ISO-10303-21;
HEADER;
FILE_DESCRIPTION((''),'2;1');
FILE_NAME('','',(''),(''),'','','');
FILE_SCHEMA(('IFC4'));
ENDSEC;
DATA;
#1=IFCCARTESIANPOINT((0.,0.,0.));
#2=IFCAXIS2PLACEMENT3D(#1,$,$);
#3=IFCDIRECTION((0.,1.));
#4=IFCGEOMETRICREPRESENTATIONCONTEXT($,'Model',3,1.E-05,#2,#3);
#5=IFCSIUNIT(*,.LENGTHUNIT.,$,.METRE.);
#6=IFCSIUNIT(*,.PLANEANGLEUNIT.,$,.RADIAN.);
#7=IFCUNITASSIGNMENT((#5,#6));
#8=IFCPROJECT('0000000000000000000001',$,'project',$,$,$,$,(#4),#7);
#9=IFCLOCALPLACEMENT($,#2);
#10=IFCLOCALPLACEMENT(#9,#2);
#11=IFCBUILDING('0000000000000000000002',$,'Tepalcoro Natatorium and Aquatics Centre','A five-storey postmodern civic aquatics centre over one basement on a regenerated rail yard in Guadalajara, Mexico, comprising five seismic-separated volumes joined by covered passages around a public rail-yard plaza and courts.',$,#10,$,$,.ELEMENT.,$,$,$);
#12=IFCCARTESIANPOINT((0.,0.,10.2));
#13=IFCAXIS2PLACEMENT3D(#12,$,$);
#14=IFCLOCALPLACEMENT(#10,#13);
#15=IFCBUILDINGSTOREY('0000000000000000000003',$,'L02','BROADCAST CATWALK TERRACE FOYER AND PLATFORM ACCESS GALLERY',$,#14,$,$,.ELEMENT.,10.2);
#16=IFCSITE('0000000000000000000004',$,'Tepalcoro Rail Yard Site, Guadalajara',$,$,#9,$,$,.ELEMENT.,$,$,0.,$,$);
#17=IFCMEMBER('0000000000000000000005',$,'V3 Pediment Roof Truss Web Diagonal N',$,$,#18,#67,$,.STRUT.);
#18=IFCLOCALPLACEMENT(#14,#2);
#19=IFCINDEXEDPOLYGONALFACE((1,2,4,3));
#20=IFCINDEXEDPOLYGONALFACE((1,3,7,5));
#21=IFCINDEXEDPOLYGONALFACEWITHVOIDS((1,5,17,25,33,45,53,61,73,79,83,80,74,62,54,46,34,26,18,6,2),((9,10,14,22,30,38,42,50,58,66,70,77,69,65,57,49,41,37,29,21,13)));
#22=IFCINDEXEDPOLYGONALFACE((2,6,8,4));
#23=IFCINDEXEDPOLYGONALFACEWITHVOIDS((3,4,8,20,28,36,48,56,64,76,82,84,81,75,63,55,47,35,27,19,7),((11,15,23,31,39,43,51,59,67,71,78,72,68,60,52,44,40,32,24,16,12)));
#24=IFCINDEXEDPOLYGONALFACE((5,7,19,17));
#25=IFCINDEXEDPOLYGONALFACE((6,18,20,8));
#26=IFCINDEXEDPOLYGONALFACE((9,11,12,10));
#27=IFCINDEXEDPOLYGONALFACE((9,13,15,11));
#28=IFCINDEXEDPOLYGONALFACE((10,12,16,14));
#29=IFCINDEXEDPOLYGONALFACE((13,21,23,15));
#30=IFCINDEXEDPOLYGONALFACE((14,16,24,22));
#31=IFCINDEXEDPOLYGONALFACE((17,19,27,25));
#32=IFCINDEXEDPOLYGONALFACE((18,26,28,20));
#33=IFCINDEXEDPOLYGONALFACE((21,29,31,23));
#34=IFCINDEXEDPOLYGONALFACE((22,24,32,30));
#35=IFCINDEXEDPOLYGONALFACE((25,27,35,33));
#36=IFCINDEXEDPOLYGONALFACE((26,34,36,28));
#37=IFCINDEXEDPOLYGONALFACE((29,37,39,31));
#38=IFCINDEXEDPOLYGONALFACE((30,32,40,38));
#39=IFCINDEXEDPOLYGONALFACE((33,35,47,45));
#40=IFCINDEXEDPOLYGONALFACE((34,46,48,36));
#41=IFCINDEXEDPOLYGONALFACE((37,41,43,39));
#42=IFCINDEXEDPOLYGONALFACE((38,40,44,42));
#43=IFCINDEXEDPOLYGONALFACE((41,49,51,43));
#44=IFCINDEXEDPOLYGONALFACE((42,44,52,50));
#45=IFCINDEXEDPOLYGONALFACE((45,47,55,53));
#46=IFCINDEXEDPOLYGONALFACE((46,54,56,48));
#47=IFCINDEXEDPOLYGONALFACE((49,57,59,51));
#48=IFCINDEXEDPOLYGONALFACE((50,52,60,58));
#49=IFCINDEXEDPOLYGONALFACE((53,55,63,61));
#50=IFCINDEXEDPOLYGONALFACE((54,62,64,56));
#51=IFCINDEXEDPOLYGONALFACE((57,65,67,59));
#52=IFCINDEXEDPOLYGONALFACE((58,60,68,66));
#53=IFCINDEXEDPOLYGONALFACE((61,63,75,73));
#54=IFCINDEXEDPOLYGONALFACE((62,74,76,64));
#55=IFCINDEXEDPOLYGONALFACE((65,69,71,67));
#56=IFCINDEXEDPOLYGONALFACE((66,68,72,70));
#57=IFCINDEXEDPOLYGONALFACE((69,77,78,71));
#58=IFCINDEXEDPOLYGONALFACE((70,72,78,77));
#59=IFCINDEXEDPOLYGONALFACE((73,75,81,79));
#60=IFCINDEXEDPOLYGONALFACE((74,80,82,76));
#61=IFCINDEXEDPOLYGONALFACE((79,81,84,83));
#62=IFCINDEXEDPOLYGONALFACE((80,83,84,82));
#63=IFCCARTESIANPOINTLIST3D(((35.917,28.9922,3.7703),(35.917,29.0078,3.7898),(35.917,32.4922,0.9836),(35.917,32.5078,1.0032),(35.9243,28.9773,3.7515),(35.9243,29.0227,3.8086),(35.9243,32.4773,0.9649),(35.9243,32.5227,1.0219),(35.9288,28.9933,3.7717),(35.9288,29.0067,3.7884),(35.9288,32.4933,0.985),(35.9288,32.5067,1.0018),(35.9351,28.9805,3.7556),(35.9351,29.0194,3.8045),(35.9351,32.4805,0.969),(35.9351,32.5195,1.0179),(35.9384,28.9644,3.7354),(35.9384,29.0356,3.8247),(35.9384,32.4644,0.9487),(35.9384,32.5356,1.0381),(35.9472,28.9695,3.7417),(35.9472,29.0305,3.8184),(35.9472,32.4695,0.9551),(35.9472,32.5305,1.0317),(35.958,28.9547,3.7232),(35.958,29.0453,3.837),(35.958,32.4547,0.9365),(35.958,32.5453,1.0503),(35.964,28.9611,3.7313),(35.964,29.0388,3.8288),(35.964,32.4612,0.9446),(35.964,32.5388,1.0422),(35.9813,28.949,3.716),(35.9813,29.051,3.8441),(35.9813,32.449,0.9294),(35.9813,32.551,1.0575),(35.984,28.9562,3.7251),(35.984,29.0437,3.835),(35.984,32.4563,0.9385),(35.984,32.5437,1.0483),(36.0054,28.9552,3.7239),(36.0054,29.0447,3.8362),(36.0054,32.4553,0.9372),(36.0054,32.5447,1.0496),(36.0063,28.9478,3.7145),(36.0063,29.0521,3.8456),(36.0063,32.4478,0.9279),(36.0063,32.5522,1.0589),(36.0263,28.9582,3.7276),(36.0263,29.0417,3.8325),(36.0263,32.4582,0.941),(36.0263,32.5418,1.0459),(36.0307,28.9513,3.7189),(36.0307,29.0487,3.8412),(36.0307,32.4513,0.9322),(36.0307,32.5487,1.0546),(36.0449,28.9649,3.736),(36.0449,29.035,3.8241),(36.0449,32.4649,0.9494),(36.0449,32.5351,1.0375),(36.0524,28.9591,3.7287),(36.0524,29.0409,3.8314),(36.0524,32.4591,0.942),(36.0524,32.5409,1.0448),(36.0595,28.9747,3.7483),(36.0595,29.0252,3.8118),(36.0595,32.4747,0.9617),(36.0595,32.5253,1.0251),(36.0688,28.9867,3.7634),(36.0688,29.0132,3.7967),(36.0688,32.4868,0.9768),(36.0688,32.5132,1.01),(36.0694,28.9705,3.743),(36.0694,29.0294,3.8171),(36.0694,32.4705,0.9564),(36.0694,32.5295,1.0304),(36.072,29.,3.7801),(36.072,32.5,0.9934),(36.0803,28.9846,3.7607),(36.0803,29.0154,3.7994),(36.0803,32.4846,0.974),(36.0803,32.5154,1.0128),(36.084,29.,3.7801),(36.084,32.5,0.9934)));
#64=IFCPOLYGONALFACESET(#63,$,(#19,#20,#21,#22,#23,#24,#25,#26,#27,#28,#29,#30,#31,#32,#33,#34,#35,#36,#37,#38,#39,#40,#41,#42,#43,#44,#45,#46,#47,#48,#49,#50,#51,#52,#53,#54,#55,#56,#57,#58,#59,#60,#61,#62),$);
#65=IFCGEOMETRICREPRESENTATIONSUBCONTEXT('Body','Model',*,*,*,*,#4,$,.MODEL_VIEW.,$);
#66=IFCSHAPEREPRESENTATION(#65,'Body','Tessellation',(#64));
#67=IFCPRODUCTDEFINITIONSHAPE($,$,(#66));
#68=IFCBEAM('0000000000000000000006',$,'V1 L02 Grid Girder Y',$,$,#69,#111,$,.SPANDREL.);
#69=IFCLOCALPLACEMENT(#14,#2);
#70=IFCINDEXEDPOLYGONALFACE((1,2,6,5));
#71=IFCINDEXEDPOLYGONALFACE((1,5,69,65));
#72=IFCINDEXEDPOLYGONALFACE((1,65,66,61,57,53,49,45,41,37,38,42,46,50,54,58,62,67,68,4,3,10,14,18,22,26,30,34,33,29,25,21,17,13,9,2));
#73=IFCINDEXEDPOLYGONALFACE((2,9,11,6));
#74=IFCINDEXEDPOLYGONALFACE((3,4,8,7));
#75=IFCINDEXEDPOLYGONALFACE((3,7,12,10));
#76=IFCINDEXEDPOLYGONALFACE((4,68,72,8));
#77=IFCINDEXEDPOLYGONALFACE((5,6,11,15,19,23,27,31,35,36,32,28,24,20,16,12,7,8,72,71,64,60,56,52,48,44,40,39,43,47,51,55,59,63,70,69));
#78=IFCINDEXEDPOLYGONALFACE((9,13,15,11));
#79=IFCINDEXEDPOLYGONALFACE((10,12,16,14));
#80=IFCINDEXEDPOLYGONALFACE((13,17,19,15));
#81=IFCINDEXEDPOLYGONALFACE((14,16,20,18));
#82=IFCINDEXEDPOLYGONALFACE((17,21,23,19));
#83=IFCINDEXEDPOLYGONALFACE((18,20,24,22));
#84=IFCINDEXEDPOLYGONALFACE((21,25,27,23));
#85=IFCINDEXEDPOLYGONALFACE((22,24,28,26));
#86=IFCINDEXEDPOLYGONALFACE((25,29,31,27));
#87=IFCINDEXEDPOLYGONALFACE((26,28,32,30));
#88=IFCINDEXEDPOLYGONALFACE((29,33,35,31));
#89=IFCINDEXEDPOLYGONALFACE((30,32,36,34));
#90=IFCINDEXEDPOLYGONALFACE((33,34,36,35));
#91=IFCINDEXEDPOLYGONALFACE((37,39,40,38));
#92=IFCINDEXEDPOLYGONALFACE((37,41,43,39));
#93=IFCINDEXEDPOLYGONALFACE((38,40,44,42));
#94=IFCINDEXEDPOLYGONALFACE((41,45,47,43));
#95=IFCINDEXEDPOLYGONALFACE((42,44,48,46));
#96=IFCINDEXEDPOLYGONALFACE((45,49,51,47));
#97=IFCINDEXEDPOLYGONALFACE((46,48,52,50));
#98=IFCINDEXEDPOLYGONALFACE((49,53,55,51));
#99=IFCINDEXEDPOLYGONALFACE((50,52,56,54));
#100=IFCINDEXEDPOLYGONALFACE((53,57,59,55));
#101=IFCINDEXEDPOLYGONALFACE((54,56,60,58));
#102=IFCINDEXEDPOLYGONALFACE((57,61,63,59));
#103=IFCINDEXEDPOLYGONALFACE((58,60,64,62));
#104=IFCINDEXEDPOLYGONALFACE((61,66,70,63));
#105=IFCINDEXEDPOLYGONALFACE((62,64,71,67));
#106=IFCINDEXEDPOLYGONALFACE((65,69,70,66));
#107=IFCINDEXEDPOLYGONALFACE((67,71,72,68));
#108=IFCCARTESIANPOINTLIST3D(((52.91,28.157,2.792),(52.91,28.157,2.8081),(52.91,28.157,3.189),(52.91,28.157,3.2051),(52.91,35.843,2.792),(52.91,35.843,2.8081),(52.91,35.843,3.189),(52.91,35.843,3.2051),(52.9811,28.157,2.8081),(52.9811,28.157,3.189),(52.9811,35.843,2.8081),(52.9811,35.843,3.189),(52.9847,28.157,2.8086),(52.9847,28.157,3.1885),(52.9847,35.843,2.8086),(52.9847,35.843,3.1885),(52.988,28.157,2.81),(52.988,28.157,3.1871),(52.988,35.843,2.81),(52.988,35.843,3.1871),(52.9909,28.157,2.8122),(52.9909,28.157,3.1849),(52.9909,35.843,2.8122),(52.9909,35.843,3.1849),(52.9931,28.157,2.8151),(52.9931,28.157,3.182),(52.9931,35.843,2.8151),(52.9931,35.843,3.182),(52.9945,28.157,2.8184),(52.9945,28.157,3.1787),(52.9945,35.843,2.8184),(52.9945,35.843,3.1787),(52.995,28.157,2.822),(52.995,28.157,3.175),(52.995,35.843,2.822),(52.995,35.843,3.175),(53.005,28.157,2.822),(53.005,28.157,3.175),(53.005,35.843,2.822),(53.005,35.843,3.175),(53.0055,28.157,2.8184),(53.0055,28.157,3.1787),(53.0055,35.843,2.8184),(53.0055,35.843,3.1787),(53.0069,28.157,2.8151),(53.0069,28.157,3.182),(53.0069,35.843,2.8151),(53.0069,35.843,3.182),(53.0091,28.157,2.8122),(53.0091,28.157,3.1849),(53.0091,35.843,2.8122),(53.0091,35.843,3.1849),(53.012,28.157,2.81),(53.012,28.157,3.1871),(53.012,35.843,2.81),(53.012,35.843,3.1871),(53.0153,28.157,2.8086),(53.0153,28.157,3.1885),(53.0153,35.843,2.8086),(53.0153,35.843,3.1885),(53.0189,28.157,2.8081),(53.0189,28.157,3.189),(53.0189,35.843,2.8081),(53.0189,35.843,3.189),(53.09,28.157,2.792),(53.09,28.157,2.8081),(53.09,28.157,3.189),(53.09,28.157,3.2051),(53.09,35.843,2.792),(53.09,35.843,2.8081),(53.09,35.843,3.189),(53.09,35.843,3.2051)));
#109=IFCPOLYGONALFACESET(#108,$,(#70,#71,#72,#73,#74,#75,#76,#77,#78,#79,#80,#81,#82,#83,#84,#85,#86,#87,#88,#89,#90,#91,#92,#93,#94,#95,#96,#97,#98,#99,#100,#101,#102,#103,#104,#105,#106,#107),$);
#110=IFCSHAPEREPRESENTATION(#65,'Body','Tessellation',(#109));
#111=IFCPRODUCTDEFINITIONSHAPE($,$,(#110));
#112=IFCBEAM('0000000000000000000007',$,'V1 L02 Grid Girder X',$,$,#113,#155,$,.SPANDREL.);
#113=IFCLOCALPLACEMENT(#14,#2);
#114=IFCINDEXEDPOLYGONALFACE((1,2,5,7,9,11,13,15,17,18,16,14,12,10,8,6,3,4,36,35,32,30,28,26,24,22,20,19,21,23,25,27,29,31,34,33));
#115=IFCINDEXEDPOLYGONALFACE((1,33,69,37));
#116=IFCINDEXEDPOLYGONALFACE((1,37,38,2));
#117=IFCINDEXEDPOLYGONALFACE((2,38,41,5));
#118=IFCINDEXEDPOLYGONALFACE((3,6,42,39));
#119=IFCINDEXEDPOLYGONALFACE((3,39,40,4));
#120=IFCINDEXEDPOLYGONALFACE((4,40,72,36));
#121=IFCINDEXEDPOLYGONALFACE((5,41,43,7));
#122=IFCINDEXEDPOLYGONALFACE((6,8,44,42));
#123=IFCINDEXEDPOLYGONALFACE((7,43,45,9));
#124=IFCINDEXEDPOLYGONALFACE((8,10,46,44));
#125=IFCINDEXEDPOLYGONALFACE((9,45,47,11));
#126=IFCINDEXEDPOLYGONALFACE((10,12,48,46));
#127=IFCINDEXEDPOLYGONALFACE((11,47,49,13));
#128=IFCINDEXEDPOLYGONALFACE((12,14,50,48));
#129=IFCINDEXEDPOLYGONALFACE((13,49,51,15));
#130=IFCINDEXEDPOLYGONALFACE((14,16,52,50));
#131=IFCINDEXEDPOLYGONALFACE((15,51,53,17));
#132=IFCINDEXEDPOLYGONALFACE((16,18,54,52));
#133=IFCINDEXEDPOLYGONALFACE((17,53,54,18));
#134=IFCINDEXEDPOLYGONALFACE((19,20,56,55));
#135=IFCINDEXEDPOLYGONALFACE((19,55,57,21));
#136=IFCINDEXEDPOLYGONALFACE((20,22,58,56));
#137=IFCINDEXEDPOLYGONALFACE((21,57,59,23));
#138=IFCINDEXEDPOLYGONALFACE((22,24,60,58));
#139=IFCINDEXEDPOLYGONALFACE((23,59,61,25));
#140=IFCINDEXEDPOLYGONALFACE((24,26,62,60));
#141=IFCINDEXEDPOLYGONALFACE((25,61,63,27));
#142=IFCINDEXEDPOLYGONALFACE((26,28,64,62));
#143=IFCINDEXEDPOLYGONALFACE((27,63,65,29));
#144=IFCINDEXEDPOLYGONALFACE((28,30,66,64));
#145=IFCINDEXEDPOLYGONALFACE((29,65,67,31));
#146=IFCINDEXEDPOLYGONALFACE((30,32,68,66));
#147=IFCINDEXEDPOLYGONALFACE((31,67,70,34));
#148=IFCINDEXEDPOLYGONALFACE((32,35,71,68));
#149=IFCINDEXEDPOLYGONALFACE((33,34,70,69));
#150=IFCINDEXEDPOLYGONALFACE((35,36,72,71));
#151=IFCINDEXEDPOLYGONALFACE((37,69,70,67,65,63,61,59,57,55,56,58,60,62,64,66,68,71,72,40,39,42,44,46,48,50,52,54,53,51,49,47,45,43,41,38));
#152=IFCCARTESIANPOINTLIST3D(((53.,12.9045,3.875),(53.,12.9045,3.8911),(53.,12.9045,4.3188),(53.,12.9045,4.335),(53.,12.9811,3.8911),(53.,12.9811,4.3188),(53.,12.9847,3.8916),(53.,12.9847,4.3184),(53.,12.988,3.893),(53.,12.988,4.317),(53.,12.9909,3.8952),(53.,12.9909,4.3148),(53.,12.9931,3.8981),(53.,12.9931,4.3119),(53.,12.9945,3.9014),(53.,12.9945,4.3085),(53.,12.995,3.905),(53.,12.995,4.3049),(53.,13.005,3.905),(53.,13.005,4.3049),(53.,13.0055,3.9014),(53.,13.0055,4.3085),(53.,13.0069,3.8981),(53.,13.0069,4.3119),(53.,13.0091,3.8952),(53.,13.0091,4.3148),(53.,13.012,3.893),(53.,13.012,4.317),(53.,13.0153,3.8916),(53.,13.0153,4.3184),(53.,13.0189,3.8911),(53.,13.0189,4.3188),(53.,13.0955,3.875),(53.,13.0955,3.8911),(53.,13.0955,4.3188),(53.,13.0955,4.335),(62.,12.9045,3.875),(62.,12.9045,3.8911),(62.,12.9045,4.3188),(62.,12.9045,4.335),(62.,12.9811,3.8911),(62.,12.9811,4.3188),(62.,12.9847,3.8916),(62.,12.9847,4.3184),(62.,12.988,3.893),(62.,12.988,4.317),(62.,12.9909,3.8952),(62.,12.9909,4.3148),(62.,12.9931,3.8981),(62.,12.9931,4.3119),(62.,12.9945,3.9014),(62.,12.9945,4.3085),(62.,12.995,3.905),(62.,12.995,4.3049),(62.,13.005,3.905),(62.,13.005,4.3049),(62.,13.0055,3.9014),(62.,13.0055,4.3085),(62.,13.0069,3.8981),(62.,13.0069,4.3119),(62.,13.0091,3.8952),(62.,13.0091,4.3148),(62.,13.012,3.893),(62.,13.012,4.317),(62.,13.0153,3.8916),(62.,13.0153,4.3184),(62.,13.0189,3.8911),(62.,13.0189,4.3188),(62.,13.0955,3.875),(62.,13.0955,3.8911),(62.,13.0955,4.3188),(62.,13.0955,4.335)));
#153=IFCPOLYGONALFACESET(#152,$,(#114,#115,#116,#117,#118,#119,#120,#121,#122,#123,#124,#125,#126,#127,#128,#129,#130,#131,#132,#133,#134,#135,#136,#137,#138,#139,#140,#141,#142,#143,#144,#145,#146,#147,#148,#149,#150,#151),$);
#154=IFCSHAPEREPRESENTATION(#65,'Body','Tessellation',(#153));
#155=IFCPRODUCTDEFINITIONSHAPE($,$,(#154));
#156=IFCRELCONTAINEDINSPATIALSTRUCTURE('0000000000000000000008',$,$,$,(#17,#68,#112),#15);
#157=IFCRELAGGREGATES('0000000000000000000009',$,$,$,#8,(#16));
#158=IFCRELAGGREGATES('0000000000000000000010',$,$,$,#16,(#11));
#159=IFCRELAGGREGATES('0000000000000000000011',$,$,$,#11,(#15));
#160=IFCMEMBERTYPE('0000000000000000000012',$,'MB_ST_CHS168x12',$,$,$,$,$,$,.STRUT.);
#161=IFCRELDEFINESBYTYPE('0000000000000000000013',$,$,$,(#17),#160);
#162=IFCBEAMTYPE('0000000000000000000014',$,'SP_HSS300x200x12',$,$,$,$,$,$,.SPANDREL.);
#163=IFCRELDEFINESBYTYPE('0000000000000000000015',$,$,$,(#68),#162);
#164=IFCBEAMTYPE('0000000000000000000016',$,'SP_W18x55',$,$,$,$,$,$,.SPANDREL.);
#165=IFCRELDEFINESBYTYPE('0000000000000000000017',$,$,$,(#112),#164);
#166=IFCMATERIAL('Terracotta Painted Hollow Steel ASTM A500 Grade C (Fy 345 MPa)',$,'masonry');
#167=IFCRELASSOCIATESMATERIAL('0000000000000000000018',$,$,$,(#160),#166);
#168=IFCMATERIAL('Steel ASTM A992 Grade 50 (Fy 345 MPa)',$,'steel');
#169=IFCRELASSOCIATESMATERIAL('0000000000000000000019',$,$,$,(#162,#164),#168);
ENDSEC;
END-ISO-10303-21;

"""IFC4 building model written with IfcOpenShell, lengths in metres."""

from ifc_helpers import new_model, si_unit, direction, frame, origin, origin_2d, place, context, subcontext, project, spatial, hollow_circle, i_section, extrude, material, material_profile, profile_set, type_object, element, save


model = new_model("IFC4")

# Units and contexts
model_context = context("Model", 3, precision=1e-05, world=origin(), true_north=direction((0.0, 1.0)))
body_context = subcontext(model_context, "Body", "Model", "MODEL_VIEW")
ifc_project = project(units=[si_unit("LENGTHUNIT", "METRE"), si_unit("PLANEANGLEUNIT", "RADIAN")], contexts=[model_context])

# Site, building, storey
site_placement = place(None, origin())
site = spatial("IfcSite", under=ifc_project, at=site_placement, Name="Tepalcoro Rail Yard Site, Guadalajara", CompositionType="ELEMENT", RefElevation=0.0)
building_placement = place(site_placement, origin())
building = spatial("IfcBuilding", under=site, at=building_placement, Name="Tepalcoro Natatorium and Aquatics Centre", Description="A five-storey postmodern civic aquatics centre over one basement on a regenerated rail yard in Guadalajara, Mexico, comprising five seismic-separated volumes joined by covered passages around a public rail-yard plaza and courts.", CompositionType="ELEMENT")
storey_placement = place(building_placement, frame((0.0, 0.0, 10.2)))
storey = spatial("IfcBuildingStorey", under=building, at=storey_placement, Name="L02", Description="BROADCAST CATWALK TERRACE FOYER AND PLATFORM ACCESS GALLERY", CompositionType="ELEMENT", Elevation=10.2)

# Shared definitions
ifc_material_1 = material(Name="Steel ASTM A992 Grade 50 (Fy 345 MPa)", Category="steel")

# Shared definitions
ifc_material_2 = material(Name="Terracotta Painted Hollow Steel ASTM A500 Grade C (Fy 345 MPa)", Category="masonry")

# Member
ifc_material_profile_1 = material_profile(ifc_material_2, hollow_circle(Radius=0.084, WallThickness=0.012, at=origin_2d()), Name="CHS168X12")
ifc_profile_set_1 = profile_set([ifc_material_profile_1], Name="Terracotta Painted Hollow Steel ASTM A500 Grade C (Fy 345 MPa)")
member_type_1 = type_object("IfcMemberType", Name="MB_ST_CHS168x12", PredefinedType="STRUT", material=ifc_profile_set_1)
for number, where, z_axis, x_axis, name in (
    (1, (36.0, 32.5, 0.9934), (0.0, -0.782325, 0.62287), (1.0, 0.0, 0.0), "V3 Pediment Roof Truss Web Diagonal N"),
):
    element("IfcMember", number, at=place(storey_placement, frame(where, z_axis=z_axis, x_axis=x_axis)), inside=storey, type_object=member_type_1, Name=name, PredefinedType="STRUT", context=body_context, shape_type="SweptSolid", body=[
        extrude(hollow_circle(Radius=0.084, WallThickness=0.012, at=origin_2d()), origin(), (0.0, 0.0, 1.0), 4.4739),
    ])

# Beams
ifc_material_profile_2 = material_profile(ifc_material_1, i_section(OverallWidth=0.1799, OverallDepth=0.4131, WebThickness=0.01, FlangeThickness=0.0161, FilletRadius=0.0139, at=origin_2d()), Name="W16X50")
ifc_profile_set_2 = profile_set([ifc_material_profile_2], Name="Steel ASTM A992 Grade 50 (Fy 345 MPa)")
beam_type_1 = type_object("IfcBeamType", Name="SP_HSS300x200x12", PredefinedType="SPANDREL", material=ifc_profile_set_2)
beam_1_placement = place(storey_placement, frame((53.0, 28.157, 2.9985), z_axis=(0.0, 1.0, 0.0), x_axis=(-1.0, 0.0, 0.0)))
element("IfcBeam", 2, at=beam_1_placement, inside=storey, type_object=beam_type_1, Name="V1 L02 Grid Girder Y", PredefinedType="SPANDREL", context=body_context, shape_type="SweptSolid", body=[
    extrude(i_section(OverallWidth=0.1799, OverallDepth=0.4131, WebThickness=0.01, FlangeThickness=0.0161, FilletRadius=0.0139, at=origin_2d()), origin(), (0.0, 0.0, 1.0), 7.686),
])
ifc_material_profile_3 = material_profile(ifc_material_1, i_section(OverallWidth=0.1909, OverallDepth=0.46, WebThickness=0.01, FlangeThickness=0.0161, FilletRadius=0.0139, at=origin_2d()), Name="W18X55")
ifc_profile_set_3 = profile_set([ifc_material_profile_3], Name="Steel ASTM A992 Grade 50 (Fy 345 MPa)")
beam_type_2 = type_object("IfcBeamType", Name="SP_W18x55", PredefinedType="SPANDREL", material=ifc_profile_set_3)
beam_2_placement = place(storey_placement, frame((53.0, 13.0, 4.105), z_axis=(1.0, 0.0, 0.0), x_axis=(0.0, 1.0, 0.0)))
element("IfcBeam", 3, at=beam_2_placement, inside=storey, type_object=beam_type_2, Name="V1 L02 Grid Girder X", PredefinedType="SPANDREL", context=body_context, shape_type="SweptSolid", body=[
    extrude(i_section(OverallWidth=0.1909, OverallDepth=0.46, WebThickness=0.01, FlangeThickness=0.0161, FilletRadius=0.0139, at=origin_2d()), origin(), (0.0, 0.0, 1.0), 9.0),
])

save(model, "model.ifc")
